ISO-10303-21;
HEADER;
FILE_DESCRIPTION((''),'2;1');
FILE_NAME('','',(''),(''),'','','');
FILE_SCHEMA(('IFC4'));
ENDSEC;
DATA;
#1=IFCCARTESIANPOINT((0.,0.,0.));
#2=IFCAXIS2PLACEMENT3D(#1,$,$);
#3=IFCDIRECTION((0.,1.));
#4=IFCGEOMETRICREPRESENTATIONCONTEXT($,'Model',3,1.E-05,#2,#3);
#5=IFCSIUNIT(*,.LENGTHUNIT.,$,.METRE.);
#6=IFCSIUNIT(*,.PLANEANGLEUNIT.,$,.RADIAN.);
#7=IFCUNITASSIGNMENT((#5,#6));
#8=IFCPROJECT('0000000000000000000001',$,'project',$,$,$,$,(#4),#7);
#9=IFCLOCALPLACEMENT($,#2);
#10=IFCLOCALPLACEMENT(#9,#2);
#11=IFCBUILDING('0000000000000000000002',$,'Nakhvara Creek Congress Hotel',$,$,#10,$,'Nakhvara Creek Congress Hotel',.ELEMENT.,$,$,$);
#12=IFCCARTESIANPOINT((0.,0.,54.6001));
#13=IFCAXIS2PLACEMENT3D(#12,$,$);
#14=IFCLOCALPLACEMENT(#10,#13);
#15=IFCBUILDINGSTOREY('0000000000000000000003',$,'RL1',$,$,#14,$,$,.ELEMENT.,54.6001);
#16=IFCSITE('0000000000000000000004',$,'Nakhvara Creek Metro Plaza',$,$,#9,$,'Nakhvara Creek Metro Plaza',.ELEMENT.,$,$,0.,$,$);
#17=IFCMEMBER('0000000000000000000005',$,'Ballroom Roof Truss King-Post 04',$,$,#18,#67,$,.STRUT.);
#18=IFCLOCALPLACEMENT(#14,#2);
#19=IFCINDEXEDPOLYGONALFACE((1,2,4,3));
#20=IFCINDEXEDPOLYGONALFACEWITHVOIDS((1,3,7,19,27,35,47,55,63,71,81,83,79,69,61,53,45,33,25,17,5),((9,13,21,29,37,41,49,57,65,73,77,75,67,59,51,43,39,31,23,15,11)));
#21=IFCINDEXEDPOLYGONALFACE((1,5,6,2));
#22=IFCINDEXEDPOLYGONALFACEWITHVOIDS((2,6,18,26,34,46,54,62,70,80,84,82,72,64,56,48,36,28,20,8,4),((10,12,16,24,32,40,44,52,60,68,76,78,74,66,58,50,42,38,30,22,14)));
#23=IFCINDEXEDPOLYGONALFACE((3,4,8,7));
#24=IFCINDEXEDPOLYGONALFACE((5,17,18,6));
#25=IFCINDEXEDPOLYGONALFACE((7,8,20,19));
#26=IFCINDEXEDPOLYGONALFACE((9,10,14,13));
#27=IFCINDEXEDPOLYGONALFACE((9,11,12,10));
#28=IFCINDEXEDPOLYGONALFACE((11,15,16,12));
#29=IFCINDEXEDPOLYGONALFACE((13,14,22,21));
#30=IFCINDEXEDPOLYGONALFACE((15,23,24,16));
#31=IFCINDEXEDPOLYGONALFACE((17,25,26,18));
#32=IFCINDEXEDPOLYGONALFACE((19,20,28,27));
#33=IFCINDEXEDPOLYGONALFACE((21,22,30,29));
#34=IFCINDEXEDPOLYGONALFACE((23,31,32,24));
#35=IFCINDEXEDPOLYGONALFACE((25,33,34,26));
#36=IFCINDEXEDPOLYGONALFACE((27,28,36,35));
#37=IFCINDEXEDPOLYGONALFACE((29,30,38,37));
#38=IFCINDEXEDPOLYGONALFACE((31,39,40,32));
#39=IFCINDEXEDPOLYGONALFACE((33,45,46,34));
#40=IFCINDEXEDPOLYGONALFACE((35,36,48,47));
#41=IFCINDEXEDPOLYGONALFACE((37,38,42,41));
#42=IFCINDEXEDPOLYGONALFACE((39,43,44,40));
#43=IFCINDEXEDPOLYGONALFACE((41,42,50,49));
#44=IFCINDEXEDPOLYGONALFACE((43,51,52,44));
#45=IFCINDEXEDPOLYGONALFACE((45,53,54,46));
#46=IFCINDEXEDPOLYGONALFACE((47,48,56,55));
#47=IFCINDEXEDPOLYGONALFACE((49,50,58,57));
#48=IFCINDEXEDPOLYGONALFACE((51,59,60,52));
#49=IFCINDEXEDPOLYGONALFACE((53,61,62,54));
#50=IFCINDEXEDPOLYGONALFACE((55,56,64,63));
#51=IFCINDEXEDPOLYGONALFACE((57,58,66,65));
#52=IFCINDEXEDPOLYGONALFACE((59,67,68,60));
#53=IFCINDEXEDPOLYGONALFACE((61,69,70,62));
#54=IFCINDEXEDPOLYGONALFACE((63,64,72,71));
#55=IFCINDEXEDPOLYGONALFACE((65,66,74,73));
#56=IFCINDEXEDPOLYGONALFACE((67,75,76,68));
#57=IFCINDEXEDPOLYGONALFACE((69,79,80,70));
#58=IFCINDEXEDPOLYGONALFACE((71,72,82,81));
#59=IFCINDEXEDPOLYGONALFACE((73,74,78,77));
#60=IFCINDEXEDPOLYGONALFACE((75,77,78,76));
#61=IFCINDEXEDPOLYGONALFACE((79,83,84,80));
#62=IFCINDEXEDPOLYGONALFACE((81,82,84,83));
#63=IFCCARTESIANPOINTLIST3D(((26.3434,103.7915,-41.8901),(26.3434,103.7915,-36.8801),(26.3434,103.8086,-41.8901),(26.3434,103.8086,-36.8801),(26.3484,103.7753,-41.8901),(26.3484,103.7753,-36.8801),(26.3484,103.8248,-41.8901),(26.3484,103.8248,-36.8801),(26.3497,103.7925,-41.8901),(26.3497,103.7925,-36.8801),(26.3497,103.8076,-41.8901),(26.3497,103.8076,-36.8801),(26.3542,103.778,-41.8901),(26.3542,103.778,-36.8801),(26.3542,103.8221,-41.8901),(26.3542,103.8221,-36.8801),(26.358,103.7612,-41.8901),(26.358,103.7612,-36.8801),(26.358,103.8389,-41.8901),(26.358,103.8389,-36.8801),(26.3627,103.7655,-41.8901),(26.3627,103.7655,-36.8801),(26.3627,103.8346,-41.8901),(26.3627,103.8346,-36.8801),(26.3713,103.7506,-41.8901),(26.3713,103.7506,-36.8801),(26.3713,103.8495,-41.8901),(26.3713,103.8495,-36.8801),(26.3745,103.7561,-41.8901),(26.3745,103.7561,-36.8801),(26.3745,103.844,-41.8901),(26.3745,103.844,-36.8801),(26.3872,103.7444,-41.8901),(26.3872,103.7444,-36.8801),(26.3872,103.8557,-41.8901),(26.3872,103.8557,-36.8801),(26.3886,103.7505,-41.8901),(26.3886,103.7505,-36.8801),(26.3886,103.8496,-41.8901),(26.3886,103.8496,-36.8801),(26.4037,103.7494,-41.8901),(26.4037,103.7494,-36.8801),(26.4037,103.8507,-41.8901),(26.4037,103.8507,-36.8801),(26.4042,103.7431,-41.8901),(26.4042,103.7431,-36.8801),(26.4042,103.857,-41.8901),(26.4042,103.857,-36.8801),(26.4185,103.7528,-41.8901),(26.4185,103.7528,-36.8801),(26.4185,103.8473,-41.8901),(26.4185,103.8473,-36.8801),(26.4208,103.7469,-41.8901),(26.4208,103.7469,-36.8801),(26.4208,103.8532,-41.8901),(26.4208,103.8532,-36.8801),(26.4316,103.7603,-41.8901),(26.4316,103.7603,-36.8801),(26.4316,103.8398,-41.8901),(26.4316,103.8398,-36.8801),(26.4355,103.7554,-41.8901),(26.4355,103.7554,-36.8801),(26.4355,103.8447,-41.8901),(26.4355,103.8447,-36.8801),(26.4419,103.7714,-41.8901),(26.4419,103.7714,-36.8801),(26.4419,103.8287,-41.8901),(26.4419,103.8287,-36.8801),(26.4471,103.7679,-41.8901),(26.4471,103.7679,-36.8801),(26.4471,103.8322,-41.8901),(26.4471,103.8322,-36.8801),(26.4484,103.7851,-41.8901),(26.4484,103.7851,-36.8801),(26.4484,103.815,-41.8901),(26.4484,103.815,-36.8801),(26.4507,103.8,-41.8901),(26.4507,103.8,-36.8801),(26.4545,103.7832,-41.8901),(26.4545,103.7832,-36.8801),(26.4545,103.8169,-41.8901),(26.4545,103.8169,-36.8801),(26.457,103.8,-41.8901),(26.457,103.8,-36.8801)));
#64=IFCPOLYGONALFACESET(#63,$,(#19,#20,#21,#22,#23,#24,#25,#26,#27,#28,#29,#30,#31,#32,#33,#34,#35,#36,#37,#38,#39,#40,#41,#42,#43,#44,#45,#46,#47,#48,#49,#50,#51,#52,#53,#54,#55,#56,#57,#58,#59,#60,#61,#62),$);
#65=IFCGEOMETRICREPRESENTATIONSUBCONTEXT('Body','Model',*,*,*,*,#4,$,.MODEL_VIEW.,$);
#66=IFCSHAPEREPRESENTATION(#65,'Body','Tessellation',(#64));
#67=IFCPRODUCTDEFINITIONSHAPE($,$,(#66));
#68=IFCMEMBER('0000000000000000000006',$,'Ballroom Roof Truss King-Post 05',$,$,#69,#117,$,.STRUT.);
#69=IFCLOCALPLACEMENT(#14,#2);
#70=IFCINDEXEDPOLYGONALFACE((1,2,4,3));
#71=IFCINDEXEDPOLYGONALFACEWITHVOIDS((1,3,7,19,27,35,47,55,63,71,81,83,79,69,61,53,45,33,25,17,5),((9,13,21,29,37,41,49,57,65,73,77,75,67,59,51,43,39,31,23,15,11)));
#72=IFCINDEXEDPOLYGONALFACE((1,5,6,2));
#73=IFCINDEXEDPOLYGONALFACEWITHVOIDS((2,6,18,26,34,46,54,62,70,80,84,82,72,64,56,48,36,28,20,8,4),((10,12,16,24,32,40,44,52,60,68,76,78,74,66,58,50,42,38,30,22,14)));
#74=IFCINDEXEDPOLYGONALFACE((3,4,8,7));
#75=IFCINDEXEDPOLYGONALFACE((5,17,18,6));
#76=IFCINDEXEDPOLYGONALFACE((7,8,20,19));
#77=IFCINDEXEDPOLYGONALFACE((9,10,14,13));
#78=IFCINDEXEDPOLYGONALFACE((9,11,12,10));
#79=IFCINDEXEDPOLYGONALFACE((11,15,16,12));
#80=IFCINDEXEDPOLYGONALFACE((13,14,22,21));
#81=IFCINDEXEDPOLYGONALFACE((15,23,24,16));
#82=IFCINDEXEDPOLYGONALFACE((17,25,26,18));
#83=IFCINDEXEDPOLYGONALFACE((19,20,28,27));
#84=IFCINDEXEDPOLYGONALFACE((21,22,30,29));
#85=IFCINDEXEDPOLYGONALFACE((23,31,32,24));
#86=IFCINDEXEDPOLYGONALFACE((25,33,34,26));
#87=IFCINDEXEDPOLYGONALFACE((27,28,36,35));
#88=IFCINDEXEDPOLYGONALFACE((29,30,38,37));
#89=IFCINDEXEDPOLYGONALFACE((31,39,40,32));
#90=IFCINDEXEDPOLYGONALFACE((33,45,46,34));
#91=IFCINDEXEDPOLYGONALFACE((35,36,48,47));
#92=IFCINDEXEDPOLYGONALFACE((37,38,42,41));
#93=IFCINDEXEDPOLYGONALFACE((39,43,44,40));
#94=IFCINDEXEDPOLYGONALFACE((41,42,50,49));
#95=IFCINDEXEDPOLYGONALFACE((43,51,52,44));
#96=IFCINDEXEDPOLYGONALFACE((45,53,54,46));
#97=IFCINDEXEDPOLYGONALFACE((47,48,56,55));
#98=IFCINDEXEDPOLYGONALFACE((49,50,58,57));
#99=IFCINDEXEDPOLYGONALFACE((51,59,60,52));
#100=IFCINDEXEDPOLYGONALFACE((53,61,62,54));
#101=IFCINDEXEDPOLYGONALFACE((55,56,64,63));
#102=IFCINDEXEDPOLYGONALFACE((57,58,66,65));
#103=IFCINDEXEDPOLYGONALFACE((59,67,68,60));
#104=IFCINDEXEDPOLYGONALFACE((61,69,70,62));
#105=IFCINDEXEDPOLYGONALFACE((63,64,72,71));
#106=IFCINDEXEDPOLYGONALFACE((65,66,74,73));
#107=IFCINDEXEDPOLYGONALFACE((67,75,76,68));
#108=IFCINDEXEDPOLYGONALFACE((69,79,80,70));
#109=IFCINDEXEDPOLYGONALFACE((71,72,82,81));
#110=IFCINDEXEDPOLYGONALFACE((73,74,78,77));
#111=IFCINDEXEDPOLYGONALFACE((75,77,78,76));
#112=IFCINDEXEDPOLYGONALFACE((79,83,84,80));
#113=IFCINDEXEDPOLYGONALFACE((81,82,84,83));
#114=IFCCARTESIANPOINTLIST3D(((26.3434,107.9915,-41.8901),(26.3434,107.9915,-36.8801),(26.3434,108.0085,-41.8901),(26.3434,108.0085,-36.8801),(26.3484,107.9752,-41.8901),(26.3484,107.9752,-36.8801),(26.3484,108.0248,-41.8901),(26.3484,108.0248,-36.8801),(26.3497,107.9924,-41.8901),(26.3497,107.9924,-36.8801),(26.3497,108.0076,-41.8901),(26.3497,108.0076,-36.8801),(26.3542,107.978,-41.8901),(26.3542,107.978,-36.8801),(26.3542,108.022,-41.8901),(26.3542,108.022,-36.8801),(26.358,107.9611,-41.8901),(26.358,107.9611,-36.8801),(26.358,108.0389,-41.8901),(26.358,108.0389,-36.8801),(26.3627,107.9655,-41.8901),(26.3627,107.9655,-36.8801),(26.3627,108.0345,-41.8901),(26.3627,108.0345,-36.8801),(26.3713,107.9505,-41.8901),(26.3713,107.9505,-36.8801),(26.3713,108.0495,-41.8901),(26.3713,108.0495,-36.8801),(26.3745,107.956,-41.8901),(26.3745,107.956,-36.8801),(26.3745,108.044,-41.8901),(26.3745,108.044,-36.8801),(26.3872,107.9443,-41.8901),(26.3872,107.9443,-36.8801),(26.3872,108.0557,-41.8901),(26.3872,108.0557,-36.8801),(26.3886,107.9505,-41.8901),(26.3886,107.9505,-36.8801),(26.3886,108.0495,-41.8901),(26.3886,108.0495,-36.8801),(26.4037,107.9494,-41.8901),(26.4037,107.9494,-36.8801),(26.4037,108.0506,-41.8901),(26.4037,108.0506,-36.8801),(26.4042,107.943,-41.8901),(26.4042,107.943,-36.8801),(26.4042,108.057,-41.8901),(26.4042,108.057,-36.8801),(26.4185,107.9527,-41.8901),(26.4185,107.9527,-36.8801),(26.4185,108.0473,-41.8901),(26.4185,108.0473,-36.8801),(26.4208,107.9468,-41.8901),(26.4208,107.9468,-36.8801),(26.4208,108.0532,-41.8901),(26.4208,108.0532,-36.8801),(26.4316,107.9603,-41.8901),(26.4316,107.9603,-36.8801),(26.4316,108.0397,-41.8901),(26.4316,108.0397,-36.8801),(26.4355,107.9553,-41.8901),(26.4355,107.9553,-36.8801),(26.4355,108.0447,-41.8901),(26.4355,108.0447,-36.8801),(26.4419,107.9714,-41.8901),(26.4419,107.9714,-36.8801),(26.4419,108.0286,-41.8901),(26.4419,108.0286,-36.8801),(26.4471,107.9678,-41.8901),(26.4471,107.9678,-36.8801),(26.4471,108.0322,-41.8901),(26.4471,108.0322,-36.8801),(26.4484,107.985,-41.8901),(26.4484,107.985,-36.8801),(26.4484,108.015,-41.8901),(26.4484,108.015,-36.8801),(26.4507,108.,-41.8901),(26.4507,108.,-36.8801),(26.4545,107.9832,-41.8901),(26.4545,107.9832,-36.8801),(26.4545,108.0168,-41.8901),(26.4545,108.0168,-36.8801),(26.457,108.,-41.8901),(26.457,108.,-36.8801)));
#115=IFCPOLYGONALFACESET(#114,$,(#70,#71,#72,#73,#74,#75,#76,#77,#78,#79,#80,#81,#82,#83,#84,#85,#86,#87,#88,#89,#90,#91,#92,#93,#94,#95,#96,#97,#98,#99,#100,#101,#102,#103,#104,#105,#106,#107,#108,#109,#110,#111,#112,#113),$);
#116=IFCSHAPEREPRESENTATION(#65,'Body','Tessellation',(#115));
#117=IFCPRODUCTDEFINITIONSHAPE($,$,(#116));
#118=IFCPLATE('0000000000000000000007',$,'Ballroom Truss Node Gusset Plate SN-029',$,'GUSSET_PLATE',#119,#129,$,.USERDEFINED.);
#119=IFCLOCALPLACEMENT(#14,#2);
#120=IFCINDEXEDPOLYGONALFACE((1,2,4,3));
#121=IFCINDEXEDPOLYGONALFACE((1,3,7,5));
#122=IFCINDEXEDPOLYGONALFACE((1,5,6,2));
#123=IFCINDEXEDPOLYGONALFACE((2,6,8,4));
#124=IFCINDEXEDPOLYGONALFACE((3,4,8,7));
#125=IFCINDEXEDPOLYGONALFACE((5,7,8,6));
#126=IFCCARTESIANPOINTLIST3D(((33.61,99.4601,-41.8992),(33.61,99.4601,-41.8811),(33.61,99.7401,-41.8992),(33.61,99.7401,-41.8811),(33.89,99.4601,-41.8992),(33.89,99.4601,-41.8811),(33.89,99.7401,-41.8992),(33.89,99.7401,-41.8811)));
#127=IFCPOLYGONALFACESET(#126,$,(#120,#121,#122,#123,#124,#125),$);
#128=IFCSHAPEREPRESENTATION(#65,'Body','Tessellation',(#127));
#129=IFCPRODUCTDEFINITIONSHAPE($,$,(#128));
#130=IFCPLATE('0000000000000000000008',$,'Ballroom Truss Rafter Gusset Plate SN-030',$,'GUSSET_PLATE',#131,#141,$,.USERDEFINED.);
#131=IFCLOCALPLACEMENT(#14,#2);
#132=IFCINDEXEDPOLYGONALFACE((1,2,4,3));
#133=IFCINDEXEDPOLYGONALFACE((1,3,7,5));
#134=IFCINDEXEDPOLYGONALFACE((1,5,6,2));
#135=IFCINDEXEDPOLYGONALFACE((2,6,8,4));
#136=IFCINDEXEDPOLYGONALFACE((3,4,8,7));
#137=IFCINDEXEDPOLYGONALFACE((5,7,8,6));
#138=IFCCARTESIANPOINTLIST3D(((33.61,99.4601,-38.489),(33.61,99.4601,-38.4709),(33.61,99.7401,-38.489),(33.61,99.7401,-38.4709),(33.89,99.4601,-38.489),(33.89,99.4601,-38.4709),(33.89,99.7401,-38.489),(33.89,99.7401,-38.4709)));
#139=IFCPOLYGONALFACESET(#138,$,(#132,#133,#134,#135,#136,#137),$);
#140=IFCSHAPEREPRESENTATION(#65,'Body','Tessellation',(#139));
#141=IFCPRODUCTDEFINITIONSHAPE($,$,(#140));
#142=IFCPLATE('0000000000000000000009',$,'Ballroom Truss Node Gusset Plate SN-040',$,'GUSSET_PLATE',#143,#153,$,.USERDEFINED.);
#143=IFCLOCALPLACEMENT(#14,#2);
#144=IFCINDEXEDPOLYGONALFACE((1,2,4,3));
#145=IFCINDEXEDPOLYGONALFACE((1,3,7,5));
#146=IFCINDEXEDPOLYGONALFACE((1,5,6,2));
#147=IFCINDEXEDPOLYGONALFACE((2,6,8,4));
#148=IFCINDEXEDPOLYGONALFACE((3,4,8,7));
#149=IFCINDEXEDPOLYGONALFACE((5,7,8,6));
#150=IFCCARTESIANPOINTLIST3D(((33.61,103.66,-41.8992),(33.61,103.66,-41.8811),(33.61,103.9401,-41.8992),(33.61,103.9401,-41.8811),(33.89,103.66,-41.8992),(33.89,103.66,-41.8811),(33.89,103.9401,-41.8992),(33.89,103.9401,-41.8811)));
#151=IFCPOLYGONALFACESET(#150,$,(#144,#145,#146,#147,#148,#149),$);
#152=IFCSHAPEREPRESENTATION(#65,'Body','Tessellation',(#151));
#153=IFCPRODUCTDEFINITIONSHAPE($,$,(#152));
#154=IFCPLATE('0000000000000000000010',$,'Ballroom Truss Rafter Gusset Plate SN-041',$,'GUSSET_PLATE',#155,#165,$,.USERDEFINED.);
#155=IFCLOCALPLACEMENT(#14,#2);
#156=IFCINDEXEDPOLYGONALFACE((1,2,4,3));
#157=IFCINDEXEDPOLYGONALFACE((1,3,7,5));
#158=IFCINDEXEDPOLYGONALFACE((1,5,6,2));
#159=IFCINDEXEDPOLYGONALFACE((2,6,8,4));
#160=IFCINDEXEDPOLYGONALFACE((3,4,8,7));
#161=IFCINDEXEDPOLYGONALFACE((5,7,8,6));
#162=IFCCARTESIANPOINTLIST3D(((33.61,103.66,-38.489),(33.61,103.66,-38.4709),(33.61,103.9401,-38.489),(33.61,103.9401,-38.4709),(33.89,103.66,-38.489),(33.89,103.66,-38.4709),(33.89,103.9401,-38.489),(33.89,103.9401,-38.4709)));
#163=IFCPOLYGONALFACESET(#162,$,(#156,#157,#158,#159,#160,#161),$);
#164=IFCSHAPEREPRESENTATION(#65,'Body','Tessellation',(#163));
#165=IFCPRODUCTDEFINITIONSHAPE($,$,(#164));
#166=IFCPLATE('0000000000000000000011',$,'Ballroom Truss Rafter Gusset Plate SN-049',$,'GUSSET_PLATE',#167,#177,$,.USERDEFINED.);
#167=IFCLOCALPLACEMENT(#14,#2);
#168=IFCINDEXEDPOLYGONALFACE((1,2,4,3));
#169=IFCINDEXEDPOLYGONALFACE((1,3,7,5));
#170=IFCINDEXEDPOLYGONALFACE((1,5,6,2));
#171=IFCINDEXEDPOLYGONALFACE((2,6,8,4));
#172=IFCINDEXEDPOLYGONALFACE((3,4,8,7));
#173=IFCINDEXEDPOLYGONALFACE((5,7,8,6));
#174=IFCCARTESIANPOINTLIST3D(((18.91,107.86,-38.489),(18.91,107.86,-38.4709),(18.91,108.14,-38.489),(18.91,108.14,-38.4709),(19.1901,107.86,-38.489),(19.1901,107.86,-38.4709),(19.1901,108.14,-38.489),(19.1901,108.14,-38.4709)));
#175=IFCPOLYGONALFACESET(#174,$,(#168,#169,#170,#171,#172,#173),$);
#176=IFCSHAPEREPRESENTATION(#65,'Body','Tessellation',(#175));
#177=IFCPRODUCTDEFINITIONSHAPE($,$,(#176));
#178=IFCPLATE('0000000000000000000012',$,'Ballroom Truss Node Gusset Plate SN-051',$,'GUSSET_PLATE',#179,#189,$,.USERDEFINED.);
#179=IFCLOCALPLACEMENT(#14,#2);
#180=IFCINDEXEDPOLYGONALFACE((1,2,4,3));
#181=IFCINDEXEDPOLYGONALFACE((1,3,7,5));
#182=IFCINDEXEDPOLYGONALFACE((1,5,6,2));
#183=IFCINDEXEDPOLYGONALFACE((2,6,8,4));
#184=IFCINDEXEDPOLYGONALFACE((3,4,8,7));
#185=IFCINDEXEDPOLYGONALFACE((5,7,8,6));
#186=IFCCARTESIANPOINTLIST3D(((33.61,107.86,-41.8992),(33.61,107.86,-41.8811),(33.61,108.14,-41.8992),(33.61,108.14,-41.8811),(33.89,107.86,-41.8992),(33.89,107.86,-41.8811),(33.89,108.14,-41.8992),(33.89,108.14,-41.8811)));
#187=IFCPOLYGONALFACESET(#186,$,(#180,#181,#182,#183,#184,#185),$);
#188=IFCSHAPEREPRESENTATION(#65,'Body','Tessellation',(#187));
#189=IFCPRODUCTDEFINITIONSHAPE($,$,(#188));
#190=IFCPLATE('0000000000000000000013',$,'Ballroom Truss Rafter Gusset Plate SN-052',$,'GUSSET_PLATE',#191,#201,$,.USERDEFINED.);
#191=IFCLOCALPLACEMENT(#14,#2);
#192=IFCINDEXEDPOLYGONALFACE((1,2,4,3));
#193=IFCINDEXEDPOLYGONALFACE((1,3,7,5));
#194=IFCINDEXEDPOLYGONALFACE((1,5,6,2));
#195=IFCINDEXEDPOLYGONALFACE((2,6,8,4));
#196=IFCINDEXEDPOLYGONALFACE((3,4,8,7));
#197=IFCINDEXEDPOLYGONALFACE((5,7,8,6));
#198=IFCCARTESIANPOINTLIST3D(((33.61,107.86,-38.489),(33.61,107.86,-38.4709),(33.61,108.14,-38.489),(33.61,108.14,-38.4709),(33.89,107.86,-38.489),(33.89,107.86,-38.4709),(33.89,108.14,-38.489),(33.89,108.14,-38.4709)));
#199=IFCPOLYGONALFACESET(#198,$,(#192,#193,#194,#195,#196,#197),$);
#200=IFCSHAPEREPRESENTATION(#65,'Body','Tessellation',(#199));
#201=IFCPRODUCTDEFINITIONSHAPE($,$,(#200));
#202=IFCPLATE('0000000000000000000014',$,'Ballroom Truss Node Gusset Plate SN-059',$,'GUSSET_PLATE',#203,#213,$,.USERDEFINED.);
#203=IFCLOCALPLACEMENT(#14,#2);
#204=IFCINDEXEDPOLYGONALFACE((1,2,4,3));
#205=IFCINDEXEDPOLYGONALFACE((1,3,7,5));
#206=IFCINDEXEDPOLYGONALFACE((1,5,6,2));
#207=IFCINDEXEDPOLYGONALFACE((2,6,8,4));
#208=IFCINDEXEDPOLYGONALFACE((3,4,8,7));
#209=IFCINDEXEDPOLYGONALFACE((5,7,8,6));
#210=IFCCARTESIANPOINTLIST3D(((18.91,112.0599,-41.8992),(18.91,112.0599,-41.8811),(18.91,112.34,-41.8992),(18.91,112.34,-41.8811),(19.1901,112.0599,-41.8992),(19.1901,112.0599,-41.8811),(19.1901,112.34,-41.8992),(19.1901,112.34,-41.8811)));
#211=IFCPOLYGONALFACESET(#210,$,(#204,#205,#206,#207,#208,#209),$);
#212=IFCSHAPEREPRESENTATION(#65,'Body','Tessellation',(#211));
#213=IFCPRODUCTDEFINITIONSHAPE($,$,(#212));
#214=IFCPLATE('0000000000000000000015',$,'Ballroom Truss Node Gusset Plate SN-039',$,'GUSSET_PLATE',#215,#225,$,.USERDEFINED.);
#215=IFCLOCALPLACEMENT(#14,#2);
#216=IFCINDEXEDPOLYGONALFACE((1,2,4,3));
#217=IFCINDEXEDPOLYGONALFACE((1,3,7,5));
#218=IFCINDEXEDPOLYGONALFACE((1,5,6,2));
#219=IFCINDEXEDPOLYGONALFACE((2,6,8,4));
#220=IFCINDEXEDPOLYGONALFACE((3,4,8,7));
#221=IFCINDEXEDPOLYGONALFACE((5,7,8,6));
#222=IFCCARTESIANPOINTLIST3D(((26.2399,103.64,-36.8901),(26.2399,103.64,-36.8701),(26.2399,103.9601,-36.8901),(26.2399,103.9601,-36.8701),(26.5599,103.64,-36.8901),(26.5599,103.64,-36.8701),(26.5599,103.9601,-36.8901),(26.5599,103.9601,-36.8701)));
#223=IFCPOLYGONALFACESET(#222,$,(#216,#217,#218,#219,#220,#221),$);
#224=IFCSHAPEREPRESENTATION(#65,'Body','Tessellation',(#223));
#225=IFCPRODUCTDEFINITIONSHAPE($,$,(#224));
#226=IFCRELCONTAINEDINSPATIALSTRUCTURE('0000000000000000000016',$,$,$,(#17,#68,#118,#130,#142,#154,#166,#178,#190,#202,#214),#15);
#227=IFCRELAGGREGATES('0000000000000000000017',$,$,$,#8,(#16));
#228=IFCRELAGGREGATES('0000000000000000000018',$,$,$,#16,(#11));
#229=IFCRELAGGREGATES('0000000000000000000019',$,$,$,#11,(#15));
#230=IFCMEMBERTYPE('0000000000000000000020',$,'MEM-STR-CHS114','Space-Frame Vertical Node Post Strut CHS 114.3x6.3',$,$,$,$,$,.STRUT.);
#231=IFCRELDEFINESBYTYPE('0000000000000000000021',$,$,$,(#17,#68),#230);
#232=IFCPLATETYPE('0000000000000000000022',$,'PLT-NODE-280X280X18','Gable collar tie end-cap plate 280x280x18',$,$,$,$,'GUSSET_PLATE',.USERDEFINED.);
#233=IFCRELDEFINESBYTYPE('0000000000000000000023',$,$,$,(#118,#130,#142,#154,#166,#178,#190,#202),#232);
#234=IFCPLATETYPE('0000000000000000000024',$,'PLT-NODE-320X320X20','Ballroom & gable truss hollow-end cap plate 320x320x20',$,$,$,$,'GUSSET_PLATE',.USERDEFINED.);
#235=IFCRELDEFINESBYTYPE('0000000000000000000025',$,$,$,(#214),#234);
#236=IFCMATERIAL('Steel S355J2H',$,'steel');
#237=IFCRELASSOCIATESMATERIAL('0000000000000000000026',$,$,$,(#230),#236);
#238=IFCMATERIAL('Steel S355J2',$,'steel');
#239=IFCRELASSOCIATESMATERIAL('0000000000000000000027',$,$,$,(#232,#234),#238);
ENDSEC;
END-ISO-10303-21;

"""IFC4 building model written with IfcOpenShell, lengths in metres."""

from ifc_helpers import new_model, si_unit, direction, frame, origin, origin_2d, place, context, subcontext, project, spatial, rectangle, hollow_circle, extrude, material, material_profile, profile_set, type_object, element, save


model = new_model("IFC4")

# Units and contexts
model_context = context("Model", 3, precision=1e-05, world=origin(), true_north=direction((0.0, 1.0)))
body_context = subcontext(model_context, "Body", "Model", "MODEL_VIEW")
ifc_project = project(units=[si_unit("LENGTHUNIT", "METRE"), si_unit("PLANEANGLEUNIT", "RADIAN")], contexts=[model_context])

# Site, building, storey
site_placement = place(None, origin())
site = spatial("IfcSite", under=ifc_project, at=site_placement, Name="Nakhvara Creek Metro Plaza", LongName="Nakhvara Creek Metro Plaza", CompositionType="ELEMENT", RefElevation=0.0)
building_placement = place(site_placement, origin())
building = spatial("IfcBuilding", under=site, at=building_placement, Name="Nakhvara Creek Congress Hotel", LongName="Nakhvara Creek Congress Hotel", CompositionType="ELEMENT")
storey_placement = place(building_placement, frame((0.0, 0.0, 54.6001)))
storey = spatial("IfcBuildingStorey", under=building, at=storey_placement, Name="RL1", CompositionType="ELEMENT", Elevation=54.6001)

# Shared definitions
ifc_material_1 = material(Name="Steel S355J2", Category="steel")

# Members
ifc_material_2 = material(Name="Steel S355J2H", Category="steel")
ifc_material_profile_1 = material_profile(ifc_material_2, hollow_circle(Radius=0.0571, WallThickness=0.0063, at=origin_2d()), Name="CHS 114.3x6.3", Category="LoadBearing")
ifc_profile_set_1 = profile_set([ifc_material_profile_1], Name="Steel S355J2H")
member_type_1 = type_object("IfcMemberType", Name="MEM-STR-CHS114", Description="Space-Frame Vertical Node Post Strut CHS 114.3x6.3", PredefinedType="STRUT", material=ifc_profile_set_1)
for number, where, z_axis, x_axis, name in (
    (1, (26.3999, 103.8, -41.8901), (0.0, 0.0, 1.0), (1.0, 0.0, 0.0), "Ballroom Roof Truss King-Post 04"),
    (2, (26.3999, 108.0, -41.8901), (0.0, 0.0, 1.0), (1.0, 0.0, 0.0), "Ballroom Roof Truss King-Post 05"),
):
    element("IfcMember", number, at=place(storey_placement, frame(where, z_axis=z_axis, x_axis=x_axis)), inside=storey, type_object=member_type_1, Name=name, PredefinedType="STRUT", context=body_context, shape_type="SweptSolid", body=[
        extrude(hollow_circle(Radius=0.0571, WallThickness=0.0063, at=origin_2d()), origin(), (0.0, 0.0, 1.0), 5.01),
    ])

# Plates
plate_type_1 = type_object("IfcPlateType", Name="PLT-NODE-280X280X18", Description="Gable collar tie end-cap plate 280x280x18", ElementType="GUSSET_PLATE", PredefinedType="USERDEFINED", material=ifc_material_1)
for number, where, z_axis, x_axis, name in (
    (3, (33.75, 99.6001, -41.8992), (0.0, 0.0, 1.0), (1.0, 0.0, 0.0), "Ballroom Truss Node Gusset Plate SN-029"),
    (4, (33.75, 99.6001, -38.489), (0.0, 0.0, 1.0), (1.0, 0.0, 0.0), "Ballroom Truss Rafter Gusset Plate SN-030"),
    (5, (33.75, 103.8, -41.8992), (0.0, 0.0, 1.0), (1.0, 0.0, 0.0), "Ballroom Truss Node Gusset Plate SN-040"),
    (6, (33.75, 103.8, -38.489), (0.0, 0.0, 1.0), (1.0, 0.0, 0.0), "Ballroom Truss Rafter Gusset Plate SN-041"),
    (7, (19.05, 108.0, -38.489), (0.0, 0.0, 1.0), (1.0, 0.0, 0.0), "Ballroom Truss Rafter Gusset Plate SN-049"),
    (8, (33.75, 108.0, -41.8992), (0.0, 0.0, 1.0), (1.0, 0.0, 0.0), "Ballroom Truss Node Gusset Plate SN-051"),
    (9, (33.75, 108.0, -38.489), (0.0, 0.0, 1.0), (1.0, 0.0, 0.0), "Ballroom Truss Rafter Gusset Plate SN-052"),
    (10, (19.05, 112.2, -41.8992), (0.0, 0.0, 1.0), (1.0, 0.0, 0.0), "Ballroom Truss Node Gusset Plate SN-059"),
):
    element("IfcPlate", number, at=place(storey_placement, frame(where, z_axis=z_axis, x_axis=x_axis)), inside=storey, type_object=plate_type_1, Name=name, ObjectType="GUSSET_PLATE", PredefinedType="USERDEFINED", context=body_context, shape_type="SweptSolid", body=[
        extrude(rectangle(XDim=0.28, YDim=0.28, at=origin_2d()), origin(), (0.0, 0.0, 1.0), 0.0181),
    ])
plate_type_2 = type_object("IfcPlateType", Name="PLT-NODE-320X320X20", Description="Ballroom & gable truss hollow-end cap plate 320x320x20", ElementType="GUSSET_PLATE", PredefinedType="USERDEFINED", material=ifc_material_1)
for number, where, z_axis, x_axis, name in (
    (11, (26.3999, 103.8, -36.8901), (0.0, 0.0, 1.0), (1.0, 0.0, 0.0), "Ballroom Truss Node Gusset Plate SN-039"),
):
    element("IfcPlate", number, at=place(storey_placement, frame(where, z_axis=z_axis, x_axis=x_axis)), inside=storey, type_object=plate_type_2, Name=name, ObjectType="GUSSET_PLATE", PredefinedType="USERDEFINED", context=body_context, shape_type="SweptSolid", body=[
        extrude(rectangle(XDim=0.3201, YDim=0.3201, at=origin_2d()), origin(), (0.0, 0.0, 1.0), 0.02),
    ])

save(model, "model.ifc")
